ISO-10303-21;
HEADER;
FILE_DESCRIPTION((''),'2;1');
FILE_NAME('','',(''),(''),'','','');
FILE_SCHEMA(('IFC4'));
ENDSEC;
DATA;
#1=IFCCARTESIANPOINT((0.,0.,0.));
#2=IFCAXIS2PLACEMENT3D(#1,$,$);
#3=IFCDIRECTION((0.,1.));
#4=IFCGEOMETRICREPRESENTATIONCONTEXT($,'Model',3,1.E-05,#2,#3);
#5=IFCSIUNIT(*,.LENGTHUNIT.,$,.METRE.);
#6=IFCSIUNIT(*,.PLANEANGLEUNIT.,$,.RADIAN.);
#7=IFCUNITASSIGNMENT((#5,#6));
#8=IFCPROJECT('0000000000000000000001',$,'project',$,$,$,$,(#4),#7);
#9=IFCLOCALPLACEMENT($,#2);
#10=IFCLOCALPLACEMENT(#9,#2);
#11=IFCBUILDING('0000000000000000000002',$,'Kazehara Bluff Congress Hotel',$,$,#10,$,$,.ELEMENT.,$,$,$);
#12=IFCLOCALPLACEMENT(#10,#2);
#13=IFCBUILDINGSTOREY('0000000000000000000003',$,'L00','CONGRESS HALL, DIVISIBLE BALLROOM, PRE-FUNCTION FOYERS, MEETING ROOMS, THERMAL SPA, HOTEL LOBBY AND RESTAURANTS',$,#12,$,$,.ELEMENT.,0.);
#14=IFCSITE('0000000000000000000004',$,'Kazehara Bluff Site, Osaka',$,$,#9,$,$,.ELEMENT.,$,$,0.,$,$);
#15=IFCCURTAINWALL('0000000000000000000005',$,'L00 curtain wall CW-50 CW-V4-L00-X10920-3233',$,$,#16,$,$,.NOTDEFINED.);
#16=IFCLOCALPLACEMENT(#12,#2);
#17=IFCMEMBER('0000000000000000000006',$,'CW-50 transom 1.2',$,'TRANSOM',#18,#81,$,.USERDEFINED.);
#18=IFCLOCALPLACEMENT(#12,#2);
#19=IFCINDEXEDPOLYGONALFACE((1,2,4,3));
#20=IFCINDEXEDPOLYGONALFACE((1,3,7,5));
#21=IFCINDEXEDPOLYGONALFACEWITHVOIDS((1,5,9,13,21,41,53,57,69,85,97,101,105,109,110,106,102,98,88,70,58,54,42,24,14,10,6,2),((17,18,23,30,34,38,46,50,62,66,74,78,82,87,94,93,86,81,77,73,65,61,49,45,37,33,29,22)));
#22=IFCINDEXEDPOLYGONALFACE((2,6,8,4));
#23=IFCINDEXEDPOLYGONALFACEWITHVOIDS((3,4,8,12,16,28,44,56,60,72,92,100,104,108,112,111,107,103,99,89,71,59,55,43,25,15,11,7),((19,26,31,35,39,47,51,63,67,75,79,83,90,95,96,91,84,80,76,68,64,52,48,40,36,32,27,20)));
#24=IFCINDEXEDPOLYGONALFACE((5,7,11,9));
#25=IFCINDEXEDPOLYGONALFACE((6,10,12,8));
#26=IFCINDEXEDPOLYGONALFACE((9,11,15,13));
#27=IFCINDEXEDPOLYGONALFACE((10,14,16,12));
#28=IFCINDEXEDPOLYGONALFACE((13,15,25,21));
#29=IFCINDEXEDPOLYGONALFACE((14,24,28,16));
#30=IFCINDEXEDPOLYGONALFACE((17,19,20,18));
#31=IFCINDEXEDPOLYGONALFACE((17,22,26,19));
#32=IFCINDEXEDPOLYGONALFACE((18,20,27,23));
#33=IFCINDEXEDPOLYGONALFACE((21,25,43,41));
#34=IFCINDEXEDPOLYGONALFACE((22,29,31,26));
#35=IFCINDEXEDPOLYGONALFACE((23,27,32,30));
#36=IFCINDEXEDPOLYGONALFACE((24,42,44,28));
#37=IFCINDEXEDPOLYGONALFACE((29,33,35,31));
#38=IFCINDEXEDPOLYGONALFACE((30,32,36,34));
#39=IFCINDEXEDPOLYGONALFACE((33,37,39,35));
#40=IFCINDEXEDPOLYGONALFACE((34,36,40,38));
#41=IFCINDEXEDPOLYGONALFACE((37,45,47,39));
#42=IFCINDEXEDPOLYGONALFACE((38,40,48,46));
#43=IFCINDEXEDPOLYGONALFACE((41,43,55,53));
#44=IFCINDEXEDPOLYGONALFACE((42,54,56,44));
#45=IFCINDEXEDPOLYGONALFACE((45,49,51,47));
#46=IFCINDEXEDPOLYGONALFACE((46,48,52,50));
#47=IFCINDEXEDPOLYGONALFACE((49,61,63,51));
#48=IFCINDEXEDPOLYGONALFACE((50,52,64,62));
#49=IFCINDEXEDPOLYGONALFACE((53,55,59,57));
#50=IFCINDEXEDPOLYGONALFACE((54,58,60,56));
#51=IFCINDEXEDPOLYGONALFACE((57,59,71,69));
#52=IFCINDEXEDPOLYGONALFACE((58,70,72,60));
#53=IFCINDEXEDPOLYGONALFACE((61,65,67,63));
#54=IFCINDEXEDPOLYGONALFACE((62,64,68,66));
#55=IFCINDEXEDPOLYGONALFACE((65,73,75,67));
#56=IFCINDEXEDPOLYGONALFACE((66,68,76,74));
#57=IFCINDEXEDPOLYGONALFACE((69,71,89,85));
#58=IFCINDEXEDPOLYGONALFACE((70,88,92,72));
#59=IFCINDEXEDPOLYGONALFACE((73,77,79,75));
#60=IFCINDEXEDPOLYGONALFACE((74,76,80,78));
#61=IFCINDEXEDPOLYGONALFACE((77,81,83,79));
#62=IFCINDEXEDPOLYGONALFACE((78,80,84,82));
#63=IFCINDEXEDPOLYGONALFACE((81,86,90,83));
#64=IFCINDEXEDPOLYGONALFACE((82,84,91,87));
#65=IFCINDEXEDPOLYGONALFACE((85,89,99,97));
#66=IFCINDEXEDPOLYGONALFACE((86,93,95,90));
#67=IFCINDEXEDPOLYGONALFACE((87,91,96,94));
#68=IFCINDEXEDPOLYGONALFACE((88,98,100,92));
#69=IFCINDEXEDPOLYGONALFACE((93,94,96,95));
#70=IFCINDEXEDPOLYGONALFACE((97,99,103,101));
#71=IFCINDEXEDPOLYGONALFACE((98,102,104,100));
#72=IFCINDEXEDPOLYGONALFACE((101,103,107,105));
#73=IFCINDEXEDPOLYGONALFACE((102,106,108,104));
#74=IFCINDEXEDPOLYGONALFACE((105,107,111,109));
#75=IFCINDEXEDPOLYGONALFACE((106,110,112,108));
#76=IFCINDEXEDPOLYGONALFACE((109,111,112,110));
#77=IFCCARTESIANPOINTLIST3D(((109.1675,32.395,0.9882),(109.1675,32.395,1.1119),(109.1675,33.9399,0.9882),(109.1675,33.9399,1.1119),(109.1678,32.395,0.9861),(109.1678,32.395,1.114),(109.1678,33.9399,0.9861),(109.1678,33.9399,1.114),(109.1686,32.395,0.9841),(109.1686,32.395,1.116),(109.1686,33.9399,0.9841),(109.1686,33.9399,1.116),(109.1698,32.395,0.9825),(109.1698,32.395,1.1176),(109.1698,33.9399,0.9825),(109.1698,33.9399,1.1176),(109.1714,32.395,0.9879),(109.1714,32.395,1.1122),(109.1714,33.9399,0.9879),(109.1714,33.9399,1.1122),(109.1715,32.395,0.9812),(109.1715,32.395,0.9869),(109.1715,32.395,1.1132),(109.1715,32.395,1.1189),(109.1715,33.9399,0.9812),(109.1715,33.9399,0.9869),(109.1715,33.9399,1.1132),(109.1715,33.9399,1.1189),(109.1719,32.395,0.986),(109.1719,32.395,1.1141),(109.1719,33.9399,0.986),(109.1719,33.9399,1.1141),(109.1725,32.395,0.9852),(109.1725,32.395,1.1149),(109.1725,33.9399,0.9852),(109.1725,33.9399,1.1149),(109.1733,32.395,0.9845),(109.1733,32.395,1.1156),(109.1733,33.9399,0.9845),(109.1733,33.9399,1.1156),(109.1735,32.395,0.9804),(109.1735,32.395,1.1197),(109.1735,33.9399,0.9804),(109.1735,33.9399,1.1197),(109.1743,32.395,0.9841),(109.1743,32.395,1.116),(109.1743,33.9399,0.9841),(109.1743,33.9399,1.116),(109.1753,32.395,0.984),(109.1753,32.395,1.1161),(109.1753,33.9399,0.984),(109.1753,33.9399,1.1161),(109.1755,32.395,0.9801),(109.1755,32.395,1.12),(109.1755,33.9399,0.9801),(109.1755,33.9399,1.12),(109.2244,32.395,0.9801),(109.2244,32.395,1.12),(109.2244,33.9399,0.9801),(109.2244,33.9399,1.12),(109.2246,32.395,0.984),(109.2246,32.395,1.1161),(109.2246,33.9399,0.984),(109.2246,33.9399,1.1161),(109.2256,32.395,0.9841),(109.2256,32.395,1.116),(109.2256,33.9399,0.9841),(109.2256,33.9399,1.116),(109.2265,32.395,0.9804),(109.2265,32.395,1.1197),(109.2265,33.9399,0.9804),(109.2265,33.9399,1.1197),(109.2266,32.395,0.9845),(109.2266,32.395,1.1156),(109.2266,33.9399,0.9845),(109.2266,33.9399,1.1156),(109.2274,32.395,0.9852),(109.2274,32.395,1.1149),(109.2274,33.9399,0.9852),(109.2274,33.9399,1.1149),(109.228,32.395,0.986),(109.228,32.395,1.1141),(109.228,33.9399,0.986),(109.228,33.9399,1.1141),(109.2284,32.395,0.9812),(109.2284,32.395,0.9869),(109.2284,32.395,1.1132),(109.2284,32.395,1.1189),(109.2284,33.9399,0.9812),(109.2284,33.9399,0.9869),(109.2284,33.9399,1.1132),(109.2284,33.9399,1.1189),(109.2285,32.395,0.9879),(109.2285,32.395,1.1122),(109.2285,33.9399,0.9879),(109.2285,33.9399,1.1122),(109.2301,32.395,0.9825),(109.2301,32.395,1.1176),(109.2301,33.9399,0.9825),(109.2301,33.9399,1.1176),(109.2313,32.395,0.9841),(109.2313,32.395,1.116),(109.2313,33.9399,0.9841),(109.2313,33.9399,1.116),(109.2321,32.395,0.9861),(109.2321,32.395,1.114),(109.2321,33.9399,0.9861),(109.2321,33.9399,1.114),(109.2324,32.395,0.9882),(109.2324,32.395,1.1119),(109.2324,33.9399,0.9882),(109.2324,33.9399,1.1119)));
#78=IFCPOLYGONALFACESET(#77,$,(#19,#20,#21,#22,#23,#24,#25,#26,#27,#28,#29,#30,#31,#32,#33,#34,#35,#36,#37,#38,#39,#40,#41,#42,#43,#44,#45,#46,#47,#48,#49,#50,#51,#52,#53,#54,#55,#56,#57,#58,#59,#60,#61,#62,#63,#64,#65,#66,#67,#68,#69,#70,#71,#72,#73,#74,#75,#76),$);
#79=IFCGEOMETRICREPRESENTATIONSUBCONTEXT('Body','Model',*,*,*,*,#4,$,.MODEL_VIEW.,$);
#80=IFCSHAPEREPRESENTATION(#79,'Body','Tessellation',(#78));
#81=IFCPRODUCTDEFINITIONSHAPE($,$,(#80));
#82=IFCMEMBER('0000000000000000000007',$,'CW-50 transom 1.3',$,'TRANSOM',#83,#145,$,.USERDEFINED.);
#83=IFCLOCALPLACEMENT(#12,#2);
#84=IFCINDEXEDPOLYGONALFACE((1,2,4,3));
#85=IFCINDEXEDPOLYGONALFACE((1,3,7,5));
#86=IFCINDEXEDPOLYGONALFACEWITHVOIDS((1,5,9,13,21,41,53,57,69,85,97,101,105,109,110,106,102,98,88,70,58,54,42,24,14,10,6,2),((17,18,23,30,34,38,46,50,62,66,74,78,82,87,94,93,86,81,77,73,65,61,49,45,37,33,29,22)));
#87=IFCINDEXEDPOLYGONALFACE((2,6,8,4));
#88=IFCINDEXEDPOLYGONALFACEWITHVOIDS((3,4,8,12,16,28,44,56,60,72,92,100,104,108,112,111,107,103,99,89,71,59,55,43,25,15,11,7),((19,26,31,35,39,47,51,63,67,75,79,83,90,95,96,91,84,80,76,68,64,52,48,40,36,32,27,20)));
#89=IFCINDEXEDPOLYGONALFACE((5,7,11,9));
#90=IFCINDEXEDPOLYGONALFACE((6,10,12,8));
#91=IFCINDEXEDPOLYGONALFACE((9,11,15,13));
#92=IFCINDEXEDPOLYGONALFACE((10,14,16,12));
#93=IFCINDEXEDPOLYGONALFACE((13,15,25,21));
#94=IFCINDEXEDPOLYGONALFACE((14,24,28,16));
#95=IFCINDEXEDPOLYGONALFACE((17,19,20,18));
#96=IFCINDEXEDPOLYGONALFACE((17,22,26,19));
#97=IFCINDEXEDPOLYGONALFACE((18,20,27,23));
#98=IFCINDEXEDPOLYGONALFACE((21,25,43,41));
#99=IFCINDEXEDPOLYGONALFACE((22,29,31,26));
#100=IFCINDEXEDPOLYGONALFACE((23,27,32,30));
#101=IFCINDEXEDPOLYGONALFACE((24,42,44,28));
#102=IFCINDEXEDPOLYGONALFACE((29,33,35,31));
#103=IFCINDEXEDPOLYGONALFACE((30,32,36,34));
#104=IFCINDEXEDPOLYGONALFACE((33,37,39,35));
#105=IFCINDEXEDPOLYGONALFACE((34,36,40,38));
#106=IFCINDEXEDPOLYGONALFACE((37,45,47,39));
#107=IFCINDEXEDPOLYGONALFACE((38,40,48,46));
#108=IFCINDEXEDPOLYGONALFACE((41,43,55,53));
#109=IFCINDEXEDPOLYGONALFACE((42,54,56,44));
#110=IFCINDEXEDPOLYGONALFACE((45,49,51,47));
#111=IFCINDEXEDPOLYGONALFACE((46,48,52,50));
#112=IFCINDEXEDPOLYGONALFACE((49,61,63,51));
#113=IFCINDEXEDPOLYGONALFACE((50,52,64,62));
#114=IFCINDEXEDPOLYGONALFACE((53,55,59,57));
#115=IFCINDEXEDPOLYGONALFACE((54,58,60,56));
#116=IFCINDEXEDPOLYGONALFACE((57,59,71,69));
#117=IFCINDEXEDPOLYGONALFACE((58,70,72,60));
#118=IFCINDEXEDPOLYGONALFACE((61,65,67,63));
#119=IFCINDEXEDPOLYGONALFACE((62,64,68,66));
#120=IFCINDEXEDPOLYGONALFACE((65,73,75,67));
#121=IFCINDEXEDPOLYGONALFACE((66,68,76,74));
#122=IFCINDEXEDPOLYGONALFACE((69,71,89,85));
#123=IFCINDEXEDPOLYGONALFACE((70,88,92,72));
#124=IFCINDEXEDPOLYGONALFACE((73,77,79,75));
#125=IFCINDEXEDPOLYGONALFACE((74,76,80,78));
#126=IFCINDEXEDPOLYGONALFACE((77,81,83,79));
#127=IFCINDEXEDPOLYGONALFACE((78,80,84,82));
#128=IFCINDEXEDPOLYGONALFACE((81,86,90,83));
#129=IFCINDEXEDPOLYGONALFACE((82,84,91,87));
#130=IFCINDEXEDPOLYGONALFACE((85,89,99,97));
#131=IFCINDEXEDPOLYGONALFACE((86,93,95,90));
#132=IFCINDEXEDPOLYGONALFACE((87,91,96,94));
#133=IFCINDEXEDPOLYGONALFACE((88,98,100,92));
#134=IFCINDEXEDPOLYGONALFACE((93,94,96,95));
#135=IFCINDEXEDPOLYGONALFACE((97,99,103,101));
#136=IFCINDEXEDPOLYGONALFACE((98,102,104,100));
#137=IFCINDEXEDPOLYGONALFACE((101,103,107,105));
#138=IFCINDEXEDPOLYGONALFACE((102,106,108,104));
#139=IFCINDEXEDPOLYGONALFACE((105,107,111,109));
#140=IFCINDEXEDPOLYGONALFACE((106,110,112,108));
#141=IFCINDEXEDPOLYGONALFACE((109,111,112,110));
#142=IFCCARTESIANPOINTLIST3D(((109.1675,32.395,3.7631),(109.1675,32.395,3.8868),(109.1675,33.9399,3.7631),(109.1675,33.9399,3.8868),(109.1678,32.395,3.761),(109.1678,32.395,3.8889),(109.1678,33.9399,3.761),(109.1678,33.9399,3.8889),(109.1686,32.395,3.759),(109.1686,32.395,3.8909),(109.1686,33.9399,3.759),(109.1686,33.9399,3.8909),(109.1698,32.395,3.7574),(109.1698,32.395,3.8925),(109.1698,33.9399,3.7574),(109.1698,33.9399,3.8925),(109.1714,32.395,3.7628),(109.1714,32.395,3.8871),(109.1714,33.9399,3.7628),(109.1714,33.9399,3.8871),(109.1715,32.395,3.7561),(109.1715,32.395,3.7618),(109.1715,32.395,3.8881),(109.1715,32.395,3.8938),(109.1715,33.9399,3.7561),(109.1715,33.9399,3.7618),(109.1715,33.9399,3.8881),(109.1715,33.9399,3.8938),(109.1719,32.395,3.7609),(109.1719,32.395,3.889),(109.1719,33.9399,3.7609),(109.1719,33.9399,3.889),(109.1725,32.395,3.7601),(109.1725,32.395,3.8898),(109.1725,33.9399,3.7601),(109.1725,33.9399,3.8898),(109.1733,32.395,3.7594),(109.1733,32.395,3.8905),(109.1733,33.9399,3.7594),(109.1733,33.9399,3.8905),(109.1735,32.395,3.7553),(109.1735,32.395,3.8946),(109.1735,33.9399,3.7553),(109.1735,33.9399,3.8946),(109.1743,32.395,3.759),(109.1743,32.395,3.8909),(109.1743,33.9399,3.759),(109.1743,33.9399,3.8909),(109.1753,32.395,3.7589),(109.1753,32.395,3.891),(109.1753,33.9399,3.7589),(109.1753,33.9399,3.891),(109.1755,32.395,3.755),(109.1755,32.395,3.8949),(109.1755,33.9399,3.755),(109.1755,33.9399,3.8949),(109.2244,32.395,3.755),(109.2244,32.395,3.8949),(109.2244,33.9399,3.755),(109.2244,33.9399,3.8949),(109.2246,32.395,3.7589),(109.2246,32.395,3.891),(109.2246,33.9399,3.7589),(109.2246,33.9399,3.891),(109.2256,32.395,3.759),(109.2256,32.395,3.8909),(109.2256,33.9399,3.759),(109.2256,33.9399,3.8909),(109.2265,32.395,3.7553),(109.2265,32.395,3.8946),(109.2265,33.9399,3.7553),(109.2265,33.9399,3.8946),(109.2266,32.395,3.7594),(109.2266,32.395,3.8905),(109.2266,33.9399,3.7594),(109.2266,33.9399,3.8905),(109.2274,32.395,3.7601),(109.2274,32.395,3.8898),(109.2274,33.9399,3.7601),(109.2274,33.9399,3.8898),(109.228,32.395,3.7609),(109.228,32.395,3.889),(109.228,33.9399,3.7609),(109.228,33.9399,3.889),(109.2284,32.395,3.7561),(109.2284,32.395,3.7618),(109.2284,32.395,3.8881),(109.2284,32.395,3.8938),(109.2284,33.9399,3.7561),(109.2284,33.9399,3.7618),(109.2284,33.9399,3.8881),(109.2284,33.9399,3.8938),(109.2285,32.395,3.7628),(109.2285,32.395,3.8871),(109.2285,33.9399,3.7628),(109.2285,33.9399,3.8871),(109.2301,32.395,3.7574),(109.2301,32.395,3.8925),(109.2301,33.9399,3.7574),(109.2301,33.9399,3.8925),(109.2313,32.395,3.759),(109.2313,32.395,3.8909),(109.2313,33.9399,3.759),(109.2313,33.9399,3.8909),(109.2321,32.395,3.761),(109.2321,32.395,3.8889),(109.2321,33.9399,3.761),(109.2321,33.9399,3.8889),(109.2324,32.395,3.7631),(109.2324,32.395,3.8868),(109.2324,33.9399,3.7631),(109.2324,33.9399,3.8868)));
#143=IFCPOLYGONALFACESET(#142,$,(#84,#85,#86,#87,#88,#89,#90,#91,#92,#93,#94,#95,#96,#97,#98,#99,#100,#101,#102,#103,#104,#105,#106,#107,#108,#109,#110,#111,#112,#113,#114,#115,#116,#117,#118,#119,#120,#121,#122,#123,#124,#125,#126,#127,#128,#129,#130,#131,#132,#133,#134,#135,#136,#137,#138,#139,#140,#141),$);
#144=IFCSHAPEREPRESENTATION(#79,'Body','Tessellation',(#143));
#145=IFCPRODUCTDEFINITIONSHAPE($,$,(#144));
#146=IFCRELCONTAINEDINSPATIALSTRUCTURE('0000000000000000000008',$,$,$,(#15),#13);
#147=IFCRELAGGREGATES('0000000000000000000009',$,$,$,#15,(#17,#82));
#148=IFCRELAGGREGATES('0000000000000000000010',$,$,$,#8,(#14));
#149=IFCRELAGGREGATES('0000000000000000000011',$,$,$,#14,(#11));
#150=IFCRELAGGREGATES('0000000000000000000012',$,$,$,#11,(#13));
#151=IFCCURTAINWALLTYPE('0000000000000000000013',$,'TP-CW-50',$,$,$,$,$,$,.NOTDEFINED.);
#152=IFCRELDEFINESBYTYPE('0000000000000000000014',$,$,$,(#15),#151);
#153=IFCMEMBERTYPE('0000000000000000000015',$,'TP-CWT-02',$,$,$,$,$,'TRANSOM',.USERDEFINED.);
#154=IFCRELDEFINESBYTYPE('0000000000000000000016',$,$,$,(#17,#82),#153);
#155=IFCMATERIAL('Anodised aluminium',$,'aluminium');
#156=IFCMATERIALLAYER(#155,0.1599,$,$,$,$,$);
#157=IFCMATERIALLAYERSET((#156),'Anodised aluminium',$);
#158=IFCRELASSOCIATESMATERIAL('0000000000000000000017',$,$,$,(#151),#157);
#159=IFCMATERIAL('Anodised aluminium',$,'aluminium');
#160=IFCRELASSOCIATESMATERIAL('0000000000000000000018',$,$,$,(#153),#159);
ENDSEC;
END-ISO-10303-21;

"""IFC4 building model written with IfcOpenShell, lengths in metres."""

from ifc_helpers import new_model, si_unit, direction, frame, origin, origin_2d, place, context, subcontext, project, spatial, hollow_rectangle, extrude, material, layer, layer_set, material_profile, profile_set, type_object, element, aggregate, save


model = new_model("IFC4")

# Units and contexts
model_context = context("Model", 3, precision=1e-05, world=origin(), true_north=direction((0.0, 1.0)))
body_context = subcontext(model_context, "Body", "Model", "MODEL_VIEW")
ifc_project = project(units=[si_unit("LENGTHUNIT", "METRE"), si_unit("PLANEANGLEUNIT", "RADIAN")], contexts=[model_context])

# Site, building, storey
site_placement = place(None, origin())
site = spatial("IfcSite", under=ifc_project, at=site_placement, Name="Kazehara Bluff Site, Osaka", CompositionType="ELEMENT", RefElevation=0.0)
building_placement = place(site_placement, origin())
building = spatial("IfcBuilding", under=site, at=building_placement, Name="Kazehara Bluff Congress Hotel", CompositionType="ELEMENT")
storey_placement = place(building_placement, origin())
storey = spatial("IfcBuildingStorey", under=building, at=storey_placement, Name="L00", Description="CONGRESS HALL, DIVISIBLE BALLROOM, PRE-FUNCTION FOYERS, MEETING ROOMS, THERMAL SPA, HOTEL LOBBY AND RESTAURANTS", CompositionType="ELEMENT", Elevation=0.0)

# Curtain wall, members
ifc_material_1 = material(Name="Anodised aluminium", Category="aluminium")
ifc_layer_1 = layer(ifc_material_1, 0.1599)
ifc_layer_set_1 = layer_set([ifc_layer_1], Name="Anodised aluminium")
curtain_wall_type_1 = type_object("IfcCurtainWallType", Name="TP-CW-50", PredefinedType="NOTDEFINED", material=ifc_layer_set_1)
curtain_wall_1_placement = place(storey_placement, origin())
curtain_wall_1 = element("IfcCurtainWall", 1, at=curtain_wall_1_placement, inside=storey, type_object=curtain_wall_type_1, Name="L00 curtain wall CW-50 CW-V4-L00-X10920-3233", PredefinedType="NOTDEFINED")
ifc_material_2 = material(Name="Anodised aluminium", Category="aluminium")
ifc_material_profile_1 = material_profile(ifc_material_2, hollow_rectangle(XDim=0.0649, YDim=0.1399, WallThickness=0.0039, InnerFilletRadius=0.0039, OuterFilletRadius=0.0081, at=origin_2d()))
ifc_profile_set_1 = profile_set([ifc_material_profile_1], Name="Anodised aluminium")
member_type_1 = type_object("IfcMemberType", Name="TP-CWT-02", ElementType="TRANSOM", PredefinedType="USERDEFINED", material=ifc_profile_set_1)
member_1_placement = place(storey_placement, frame((109.2, 32.395, 1.05), z_axis=(0.0, 1.0, 0.0), x_axis=(-1.0, 0.0, 0.0)))
member_1 = element("IfcMember", 2, at=member_1_placement, type_object=member_type_1, Name="CW-50 transom 1.2", ObjectType="TRANSOM", PredefinedType="USERDEFINED", context=body_context, shape_type="SweptSolid", body=[
    extrude(hollow_rectangle(XDim=0.0649, YDim=0.1399, WallThickness=0.0039, InnerFilletRadius=0.0039, OuterFilletRadius=0.0081, at=origin_2d()), origin(), (0.0, 0.0, 1.0), 1.5449),
])
member_2_placement = place(storey_placement, frame((109.2, 32.395, 3.825), z_axis=(0.0, 1.0, 0.0), x_axis=(-1.0, 0.0, 0.0)))
member_2 = element("IfcMember", 3, at=member_2_placement, type_object=member_type_1, Name="CW-50 transom 1.3", ObjectType="TRANSOM", PredefinedType="USERDEFINED", context=body_context, shape_type="SweptSolid", body=[
    extrude(hollow_rectangle(XDim=0.0649, YDim=0.1399, WallThickness=0.0039, InnerFilletRadius=0.0039, OuterFilletRadius=0.0081, at=origin_2d()), origin(), (0.0, 0.0, 1.0), 1.5449),
])

aggregate(curtain_wall_1, [member_1, member_2])

save(model, "model.ifc")
